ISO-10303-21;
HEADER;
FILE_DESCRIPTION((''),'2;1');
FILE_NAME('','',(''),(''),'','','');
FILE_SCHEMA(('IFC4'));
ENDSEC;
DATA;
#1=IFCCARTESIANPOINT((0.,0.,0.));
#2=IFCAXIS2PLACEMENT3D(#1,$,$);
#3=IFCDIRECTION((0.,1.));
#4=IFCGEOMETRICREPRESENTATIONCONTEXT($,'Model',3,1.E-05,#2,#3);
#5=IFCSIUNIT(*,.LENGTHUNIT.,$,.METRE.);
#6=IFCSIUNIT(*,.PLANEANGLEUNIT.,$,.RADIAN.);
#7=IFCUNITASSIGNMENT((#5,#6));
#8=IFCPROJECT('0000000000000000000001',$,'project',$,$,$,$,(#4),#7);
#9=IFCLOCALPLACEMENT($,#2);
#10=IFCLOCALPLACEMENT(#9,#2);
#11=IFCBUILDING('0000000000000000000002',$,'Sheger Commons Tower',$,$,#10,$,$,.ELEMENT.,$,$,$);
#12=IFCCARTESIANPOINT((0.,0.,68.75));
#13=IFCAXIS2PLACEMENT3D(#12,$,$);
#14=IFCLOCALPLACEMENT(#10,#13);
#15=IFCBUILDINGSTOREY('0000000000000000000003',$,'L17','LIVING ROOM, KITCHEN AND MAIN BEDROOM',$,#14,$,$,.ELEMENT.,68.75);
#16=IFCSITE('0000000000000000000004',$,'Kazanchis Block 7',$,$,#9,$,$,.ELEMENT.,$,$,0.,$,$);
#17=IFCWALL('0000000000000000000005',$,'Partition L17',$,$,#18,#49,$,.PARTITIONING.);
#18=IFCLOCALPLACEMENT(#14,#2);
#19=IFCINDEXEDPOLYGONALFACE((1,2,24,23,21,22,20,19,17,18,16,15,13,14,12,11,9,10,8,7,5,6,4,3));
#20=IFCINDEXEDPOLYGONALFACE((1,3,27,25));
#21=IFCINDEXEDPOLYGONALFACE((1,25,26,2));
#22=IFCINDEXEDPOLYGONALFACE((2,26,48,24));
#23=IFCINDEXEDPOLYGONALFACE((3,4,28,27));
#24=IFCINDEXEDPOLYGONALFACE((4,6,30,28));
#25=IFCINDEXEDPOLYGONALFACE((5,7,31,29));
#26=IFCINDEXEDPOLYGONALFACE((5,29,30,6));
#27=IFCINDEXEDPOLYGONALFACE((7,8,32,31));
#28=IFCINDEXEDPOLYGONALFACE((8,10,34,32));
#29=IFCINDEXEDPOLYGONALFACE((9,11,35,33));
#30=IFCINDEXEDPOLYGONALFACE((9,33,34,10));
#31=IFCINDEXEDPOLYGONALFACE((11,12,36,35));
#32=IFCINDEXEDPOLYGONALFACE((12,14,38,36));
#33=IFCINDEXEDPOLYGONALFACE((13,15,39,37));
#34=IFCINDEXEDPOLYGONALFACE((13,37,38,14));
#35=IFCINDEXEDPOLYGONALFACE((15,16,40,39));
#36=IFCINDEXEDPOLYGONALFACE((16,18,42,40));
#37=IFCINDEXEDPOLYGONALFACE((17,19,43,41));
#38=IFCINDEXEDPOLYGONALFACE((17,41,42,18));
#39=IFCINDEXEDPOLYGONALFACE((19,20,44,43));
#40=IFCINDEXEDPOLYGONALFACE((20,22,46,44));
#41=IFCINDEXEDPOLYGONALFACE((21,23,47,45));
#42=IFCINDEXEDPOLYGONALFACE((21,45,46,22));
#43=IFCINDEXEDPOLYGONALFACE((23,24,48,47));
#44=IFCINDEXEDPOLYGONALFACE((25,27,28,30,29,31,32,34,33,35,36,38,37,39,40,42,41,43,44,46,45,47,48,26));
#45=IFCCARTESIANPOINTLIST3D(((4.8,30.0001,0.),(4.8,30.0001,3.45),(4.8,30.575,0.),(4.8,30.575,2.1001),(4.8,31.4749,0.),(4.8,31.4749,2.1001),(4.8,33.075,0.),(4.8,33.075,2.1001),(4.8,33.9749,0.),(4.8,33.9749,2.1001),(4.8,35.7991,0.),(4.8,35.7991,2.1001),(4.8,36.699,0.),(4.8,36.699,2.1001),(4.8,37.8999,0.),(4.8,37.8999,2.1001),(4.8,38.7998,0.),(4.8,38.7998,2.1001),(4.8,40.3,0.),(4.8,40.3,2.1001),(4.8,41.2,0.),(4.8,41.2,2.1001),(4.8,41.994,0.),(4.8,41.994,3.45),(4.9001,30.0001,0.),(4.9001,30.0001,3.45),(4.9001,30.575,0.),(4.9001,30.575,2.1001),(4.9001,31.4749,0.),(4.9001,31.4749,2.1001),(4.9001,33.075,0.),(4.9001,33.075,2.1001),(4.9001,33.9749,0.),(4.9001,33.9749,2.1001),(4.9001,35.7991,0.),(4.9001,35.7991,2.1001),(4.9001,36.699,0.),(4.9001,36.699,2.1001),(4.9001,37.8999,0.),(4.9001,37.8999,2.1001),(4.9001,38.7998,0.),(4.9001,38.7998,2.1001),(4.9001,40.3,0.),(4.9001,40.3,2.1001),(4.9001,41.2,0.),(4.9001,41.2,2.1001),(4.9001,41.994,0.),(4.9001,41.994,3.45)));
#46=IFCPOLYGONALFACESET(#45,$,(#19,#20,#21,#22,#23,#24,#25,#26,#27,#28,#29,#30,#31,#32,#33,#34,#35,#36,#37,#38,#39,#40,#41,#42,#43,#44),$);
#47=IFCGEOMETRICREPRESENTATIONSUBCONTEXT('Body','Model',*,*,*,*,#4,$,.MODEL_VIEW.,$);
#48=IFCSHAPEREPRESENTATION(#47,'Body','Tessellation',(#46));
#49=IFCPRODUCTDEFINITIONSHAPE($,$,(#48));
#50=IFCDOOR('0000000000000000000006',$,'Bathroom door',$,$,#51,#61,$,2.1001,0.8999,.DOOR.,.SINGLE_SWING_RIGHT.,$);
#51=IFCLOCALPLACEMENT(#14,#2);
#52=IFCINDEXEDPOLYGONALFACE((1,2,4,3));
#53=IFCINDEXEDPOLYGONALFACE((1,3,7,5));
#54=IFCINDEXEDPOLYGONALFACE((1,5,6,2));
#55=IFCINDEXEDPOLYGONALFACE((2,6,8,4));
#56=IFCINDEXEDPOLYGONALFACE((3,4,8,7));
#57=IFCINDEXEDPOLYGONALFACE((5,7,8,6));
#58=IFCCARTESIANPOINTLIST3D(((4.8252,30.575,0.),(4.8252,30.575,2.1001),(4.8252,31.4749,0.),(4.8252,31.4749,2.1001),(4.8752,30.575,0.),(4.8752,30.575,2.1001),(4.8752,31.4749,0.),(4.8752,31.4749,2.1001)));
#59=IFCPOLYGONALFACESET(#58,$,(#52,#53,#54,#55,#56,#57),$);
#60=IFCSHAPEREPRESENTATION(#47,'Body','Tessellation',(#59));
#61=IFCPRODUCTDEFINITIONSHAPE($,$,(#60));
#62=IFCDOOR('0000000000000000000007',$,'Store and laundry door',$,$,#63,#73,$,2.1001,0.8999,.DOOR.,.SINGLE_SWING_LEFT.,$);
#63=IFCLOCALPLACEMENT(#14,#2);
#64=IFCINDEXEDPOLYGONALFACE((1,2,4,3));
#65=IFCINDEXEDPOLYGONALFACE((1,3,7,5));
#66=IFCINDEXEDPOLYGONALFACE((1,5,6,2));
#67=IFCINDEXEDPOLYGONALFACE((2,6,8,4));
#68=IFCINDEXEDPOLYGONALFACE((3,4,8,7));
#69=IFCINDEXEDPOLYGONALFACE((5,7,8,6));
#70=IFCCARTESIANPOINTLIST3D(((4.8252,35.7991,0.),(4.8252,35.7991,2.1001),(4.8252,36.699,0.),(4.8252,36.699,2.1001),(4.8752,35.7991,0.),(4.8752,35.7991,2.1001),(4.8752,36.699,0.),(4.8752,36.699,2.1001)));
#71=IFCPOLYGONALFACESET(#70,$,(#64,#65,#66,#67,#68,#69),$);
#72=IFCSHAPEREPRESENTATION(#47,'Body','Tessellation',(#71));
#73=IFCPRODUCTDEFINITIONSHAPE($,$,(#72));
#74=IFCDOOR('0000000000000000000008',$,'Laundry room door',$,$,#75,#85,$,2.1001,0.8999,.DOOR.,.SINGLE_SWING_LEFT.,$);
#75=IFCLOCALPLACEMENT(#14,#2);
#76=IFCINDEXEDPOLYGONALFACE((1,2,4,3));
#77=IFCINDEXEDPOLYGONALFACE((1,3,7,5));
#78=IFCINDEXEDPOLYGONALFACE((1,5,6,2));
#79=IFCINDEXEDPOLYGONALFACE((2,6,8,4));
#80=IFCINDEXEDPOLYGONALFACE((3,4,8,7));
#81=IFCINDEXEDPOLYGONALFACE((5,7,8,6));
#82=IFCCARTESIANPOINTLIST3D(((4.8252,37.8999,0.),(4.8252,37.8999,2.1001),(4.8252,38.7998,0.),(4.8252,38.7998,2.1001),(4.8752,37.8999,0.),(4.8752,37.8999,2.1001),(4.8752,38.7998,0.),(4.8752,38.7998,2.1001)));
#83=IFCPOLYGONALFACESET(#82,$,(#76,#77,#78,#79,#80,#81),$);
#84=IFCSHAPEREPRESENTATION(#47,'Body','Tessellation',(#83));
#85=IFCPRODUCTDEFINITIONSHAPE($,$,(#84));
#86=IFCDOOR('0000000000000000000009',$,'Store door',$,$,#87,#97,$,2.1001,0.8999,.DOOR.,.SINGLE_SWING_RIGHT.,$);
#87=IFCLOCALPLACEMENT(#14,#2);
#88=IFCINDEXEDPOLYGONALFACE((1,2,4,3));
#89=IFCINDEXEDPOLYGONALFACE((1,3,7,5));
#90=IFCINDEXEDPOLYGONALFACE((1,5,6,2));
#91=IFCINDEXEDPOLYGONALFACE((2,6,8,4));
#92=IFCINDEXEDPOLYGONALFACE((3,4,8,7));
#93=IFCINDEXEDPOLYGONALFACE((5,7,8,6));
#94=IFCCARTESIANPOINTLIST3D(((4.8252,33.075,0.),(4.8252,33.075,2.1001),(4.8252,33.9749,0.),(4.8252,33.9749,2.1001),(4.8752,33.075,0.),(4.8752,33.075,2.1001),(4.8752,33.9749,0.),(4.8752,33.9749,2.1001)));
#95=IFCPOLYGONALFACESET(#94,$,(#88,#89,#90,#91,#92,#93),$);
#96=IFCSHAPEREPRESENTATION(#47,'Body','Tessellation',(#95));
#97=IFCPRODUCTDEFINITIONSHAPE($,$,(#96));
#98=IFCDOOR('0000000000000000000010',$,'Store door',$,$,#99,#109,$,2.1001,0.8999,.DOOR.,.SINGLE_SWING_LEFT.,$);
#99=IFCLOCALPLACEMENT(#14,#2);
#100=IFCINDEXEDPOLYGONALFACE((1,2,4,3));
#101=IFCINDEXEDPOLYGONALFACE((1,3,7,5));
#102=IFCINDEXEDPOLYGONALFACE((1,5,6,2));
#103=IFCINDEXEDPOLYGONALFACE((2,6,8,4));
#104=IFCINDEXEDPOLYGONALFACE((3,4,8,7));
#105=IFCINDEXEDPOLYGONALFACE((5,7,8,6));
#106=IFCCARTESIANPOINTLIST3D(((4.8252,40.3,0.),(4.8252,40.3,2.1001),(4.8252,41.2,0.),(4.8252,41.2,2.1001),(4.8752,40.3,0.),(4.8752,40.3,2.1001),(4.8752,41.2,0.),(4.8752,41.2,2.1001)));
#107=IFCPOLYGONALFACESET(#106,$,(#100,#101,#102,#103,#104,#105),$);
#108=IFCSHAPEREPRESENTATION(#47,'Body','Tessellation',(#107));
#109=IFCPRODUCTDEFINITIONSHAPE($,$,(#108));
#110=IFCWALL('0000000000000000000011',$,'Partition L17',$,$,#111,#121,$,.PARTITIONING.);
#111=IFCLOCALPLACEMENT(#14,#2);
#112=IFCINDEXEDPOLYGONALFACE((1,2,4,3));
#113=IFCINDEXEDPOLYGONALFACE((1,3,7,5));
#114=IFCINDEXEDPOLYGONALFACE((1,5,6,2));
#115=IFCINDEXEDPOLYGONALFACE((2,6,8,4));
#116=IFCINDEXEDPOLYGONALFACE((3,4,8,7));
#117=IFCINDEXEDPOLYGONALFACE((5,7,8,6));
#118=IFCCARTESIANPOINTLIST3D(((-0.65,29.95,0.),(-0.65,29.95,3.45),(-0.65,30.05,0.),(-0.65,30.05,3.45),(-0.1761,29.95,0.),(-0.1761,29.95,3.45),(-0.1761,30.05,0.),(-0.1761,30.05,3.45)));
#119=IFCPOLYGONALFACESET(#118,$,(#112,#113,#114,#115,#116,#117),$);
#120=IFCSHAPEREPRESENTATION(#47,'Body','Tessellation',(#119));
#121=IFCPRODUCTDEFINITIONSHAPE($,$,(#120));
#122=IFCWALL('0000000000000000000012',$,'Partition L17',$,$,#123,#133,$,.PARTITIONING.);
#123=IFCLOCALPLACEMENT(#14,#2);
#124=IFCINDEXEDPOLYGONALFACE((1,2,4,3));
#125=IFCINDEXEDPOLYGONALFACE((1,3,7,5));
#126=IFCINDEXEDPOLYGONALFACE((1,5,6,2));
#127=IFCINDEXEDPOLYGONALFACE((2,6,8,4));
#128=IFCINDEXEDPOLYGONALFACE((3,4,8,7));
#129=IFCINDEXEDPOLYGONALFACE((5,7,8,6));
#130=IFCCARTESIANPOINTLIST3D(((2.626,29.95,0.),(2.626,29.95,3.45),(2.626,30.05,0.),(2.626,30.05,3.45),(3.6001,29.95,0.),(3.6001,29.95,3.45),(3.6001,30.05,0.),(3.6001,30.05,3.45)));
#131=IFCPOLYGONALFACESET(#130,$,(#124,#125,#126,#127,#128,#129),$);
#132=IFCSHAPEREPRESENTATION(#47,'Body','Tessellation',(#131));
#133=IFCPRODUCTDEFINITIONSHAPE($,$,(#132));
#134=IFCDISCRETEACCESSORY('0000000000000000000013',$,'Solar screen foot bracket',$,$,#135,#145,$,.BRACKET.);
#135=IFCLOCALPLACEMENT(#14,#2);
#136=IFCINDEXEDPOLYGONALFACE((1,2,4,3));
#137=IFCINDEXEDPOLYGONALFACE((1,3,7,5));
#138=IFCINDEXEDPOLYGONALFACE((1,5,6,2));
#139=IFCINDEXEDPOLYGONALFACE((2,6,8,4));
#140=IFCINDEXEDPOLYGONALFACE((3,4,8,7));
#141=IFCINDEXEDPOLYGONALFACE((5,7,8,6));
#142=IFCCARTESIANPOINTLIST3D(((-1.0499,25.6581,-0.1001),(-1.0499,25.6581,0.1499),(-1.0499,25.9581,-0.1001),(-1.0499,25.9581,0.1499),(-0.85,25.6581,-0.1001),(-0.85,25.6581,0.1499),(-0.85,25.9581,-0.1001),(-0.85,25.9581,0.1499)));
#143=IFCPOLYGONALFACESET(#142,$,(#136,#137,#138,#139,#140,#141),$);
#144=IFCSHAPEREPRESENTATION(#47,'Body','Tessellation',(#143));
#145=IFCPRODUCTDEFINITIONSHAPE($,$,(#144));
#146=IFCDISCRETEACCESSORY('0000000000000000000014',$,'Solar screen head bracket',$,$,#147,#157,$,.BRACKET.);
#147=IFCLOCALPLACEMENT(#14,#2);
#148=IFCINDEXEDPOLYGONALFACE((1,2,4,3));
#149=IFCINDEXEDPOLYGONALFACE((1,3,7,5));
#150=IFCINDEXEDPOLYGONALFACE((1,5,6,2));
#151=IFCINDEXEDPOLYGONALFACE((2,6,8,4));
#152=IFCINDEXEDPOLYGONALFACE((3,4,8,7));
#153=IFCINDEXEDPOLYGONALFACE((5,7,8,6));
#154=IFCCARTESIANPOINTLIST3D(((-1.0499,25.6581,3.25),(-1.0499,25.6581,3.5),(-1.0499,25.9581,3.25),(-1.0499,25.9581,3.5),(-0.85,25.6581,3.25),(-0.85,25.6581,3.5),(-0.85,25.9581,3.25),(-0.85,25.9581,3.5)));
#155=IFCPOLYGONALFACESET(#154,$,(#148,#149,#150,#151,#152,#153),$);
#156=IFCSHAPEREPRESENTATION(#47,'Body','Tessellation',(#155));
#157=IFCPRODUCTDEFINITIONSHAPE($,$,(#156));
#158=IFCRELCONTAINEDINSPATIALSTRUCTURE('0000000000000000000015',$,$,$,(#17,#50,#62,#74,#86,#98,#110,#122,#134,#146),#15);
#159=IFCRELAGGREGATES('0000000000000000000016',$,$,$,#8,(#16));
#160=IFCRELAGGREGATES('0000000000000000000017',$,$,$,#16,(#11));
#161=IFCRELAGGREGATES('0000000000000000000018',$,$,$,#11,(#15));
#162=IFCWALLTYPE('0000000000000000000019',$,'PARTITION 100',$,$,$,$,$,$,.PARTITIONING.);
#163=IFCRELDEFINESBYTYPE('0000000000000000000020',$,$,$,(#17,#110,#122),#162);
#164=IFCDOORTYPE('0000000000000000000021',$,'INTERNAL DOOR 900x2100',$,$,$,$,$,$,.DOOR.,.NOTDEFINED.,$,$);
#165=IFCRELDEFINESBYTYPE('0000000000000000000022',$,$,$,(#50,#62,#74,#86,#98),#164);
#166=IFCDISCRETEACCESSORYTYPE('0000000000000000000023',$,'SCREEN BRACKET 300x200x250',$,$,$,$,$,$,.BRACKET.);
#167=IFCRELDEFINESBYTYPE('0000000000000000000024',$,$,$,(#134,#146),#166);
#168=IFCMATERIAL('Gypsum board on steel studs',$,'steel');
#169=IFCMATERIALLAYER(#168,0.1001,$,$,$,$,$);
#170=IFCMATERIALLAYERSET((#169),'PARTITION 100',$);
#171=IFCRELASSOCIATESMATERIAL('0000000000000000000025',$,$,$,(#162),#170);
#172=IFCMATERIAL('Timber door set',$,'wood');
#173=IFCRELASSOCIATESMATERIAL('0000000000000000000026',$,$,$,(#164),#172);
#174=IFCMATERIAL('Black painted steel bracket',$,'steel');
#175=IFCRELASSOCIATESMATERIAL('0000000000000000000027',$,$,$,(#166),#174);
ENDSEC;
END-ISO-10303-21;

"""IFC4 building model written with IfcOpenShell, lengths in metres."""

from ifc_helpers import new_model, si_unit, direction, frame, frame_2d, origin, origin_2d, place, context, subcontext, project, spatial, rectangle, extrude, material, layer, layer_set, type_object, element, fill, save


model = new_model("IFC4")

# Units and contexts
model_context = context("Model", 3, precision=1e-05, world=origin(), true_north=direction((0.0, 1.0)))
body_context = subcontext(model_context, "Body", "Model", "MODEL_VIEW")
ifc_project = project(units=[si_unit("LENGTHUNIT", "METRE"), si_unit("PLANEANGLEUNIT", "RADIAN")], contexts=[model_context])

# Site, building, storey
site_placement = place(None, origin())
site = spatial("IfcSite", under=ifc_project, at=site_placement, Name="Kazanchis Block 7", CompositionType="ELEMENT", RefElevation=0.0)
building_placement = place(site_placement, origin())
building = spatial("IfcBuilding", under=site, at=building_placement, Name="Sheger Commons Tower", CompositionType="ELEMENT")
storey_placement = place(building_placement, frame((0.0, 0.0, 68.75)))
storey = spatial("IfcBuildingStorey", under=building, at=storey_placement, Name="L17", Description="LIVING ROOM, KITCHEN AND MAIN BEDROOM", CompositionType="ELEMENT", Elevation=68.75)

# Shared definitions
ifc_material_1 = material(Name="Gypsum board on steel studs", Category="steel")
ifc_layer_1 = layer(ifc_material_1, 0.1001)
ifc_layer_set_1 = layer_set([ifc_layer_1], Name="PARTITION 100")
wall_type_1 = type_object("IfcWallType", Name="PARTITION 100", PredefinedType="PARTITIONING", material=ifc_layer_set_1)
ifc_material_2 = material(Name="Timber door set", Category="wood")
door_type = type_object("IfcDoorType", Name="INTERNAL DOOR 900x2100", OperationType="NOTDEFINED", PredefinedType="DOOR", material=ifc_material_2)

# Wall, openings, doors
wall_1_placement = place(storey_placement, frame((4.8501, 30.0, 0.0), z_axis=(0.0, 0.0, 1.0), x_axis=(0.0, 1.0, 0.0)))
wall_1 = element("IfcWall", 1, at=wall_1_placement, inside=storey, type_object=wall_type_1, Name="Partition L17", PredefinedType="PARTITIONING", context=body_context, shape_type="SweptSolid", body=[
    extrude(rectangle(XDim=11.9939, YDim=0.1001, at=frame_2d((5.9971, 0.0))), origin(), (0.0, 0.0, 1.0), 3.45),
])
opening_1_placement = place(wall_1_placement, frame((0.575, 0.0, 0.0)))
opening_1 = element("IfcOpeningElement", 2, at=opening_1_placement, cuts=wall_1, PredefinedType="OPENING", context=body_context, shape_type="SweptSolid", body=[
    extrude(rectangle(XDim=0.8999, YDim=2.1001, at=frame_2d((0.45, 1.05))), frame((0.0, 0.0601, 0.0), z_axis=(0.0, -1.0, 0.0), x_axis=(1.0, 0.0, 0.0)), (0.0, 0.0, 1.0), 0.1201),
])
opening_2_placement = place(wall_1_placement, frame((5.7991, 0.0, 0.0)))
opening_2 = element("IfcOpeningElement", 3, at=opening_2_placement, cuts=wall_1, PredefinedType="OPENING", context=body_context, shape_type="SweptSolid", body=[
    extrude(rectangle(XDim=0.8999, YDim=2.1001, at=frame_2d((0.45, 1.05))), frame((0.0, 0.0601, 0.0), z_axis=(0.0, -1.0, 0.0), x_axis=(1.0, 0.0, 0.0)), (0.0, 0.0, 1.0), 0.1201),
])
opening_3_placement = place(wall_1_placement, frame((7.8999, 0.0, 0.0)))
opening_3 = element("IfcOpeningElement", 4, at=opening_3_placement, cuts=wall_1, PredefinedType="OPENING", context=body_context, shape_type="SweptSolid", body=[
    extrude(rectangle(XDim=0.8999, YDim=2.1001, at=frame_2d((0.45, 1.05))), frame((0.0, 0.0601, 0.0), z_axis=(0.0, -1.0, 0.0), x_axis=(1.0, 0.0, 0.0)), (0.0, 0.0, 1.0), 0.1201),
])
opening_4_placement = place(wall_1_placement, frame((3.075, 0.0, 0.0)))
opening_4 = element("IfcOpeningElement", 5, at=opening_4_placement, cuts=wall_1, PredefinedType="OPENING", context=body_context, shape_type="SweptSolid", body=[
    extrude(rectangle(XDim=0.8999, YDim=2.1001, at=frame_2d((0.45, 1.05))), frame((0.0, 0.0601, 0.0), z_axis=(0.0, -1.0, 0.0), x_axis=(1.0, 0.0, 0.0)), (0.0, 0.0, 1.0), 0.1201),
])
opening_5_placement = place(wall_1_placement, frame((10.3, 0.0, 0.0)))
opening_5 = element("IfcOpeningElement", 6, at=opening_5_placement, cuts=wall_1, PredefinedType="OPENING", context=body_context, shape_type="SweptSolid", body=[
    extrude(rectangle(XDim=0.8999, YDim=2.1001, at=frame_2d((0.45, 1.05))), frame((0.0, 0.0601, 0.0), z_axis=(0.0, -1.0, 0.0), x_axis=(1.0, 0.0, 0.0)), (0.0, 0.0, 1.0), 0.1201),
])
door_1_placement = place(opening_1_placement, origin())
door_1 = element("IfcDoor", 7, at=door_1_placement, inside=storey, type_object=door_type, Name="Bathroom door", OperationType="SINGLE_SWING_RIGHT", OverallHeight=2.1001, OverallWidth=0.8999, PredefinedType="DOOR", context=body_context, shape_type="SweptSolid", body=[
    extrude(rectangle(XDim=0.8999, YDim=2.1001, at=frame_2d((0.45, 1.05))), frame((0.0, 0.0249, 0.0), z_axis=(0.0, -1.0, 0.0), x_axis=(1.0, 0.0, 0.0)), (0.0, 0.0, 1.0), 0.05),
])
fill(opening_1, door_1)
door_2_placement = place(opening_2_placement, origin())
door_2 = element("IfcDoor", 8, at=door_2_placement, inside=storey, type_object=door_type, Name="Store and laundry door", OperationType="SINGLE_SWING_LEFT", OverallHeight=2.1001, OverallWidth=0.8999, PredefinedType="DOOR", context=body_context, shape_type="SweptSolid", body=[
    extrude(rectangle(XDim=0.8999, YDim=2.1001, at=frame_2d((0.45, 1.05))), frame((0.0, 0.0249, 0.0), z_axis=(0.0, -1.0, 0.0), x_axis=(1.0, 0.0, 0.0)), (0.0, 0.0, 1.0), 0.05),
])
fill(opening_2, door_2)
door_3_placement = place(opening_3_placement, origin())
door_3 = element("IfcDoor", 9, at=door_3_placement, inside=storey, type_object=door_type, Name="Laundry room door", OperationType="SINGLE_SWING_LEFT", OverallHeight=2.1001, OverallWidth=0.8999, PredefinedType="DOOR", context=body_context, shape_type="SweptSolid", body=[
    extrude(rectangle(XDim=0.8999, YDim=2.1001, at=frame_2d((0.45, 1.05))), frame((0.0, 0.0249, 0.0), z_axis=(0.0, -1.0, 0.0), x_axis=(1.0, 0.0, 0.0)), (0.0, 0.0, 1.0), 0.05),
])
fill(opening_3, door_3)
door_4_placement = place(opening_4_placement, origin())
door_4 = element("IfcDoor", 10, at=door_4_placement, inside=storey, type_object=door_type, Name="Store door", OperationType="SINGLE_SWING_RIGHT", OverallHeight=2.1001, OverallWidth=0.8999, PredefinedType="DOOR", context=body_context, shape_type="SweptSolid", body=[
    extrude(rectangle(XDim=0.8999, YDim=2.1001, at=frame_2d((0.45, 1.05))), frame((0.0, 0.0249, 0.0), z_axis=(0.0, -1.0, 0.0), x_axis=(1.0, 0.0, 0.0)), (0.0, 0.0, 1.0), 0.05),
])
fill(opening_4, door_4)
door_5_placement = place(opening_5_placement, origin())
door_5 = element("IfcDoor", 11, at=door_5_placement, inside=storey, type_object=door_type, Name="Store door", OperationType="SINGLE_SWING_LEFT", OverallHeight=2.1001, OverallWidth=0.8999, PredefinedType="DOOR", context=body_context, shape_type="SweptSolid", body=[
    extrude(rectangle(XDim=0.8999, YDim=2.1001, at=frame_2d((0.45, 1.05))), frame((0.0, 0.0249, 0.0), z_axis=(0.0, -1.0, 0.0), x_axis=(1.0, 0.0, 0.0)), (0.0, 0.0, 1.0), 0.05),
])
fill(opening_5, door_5)

# Walls
wall_2_placement = place(storey_placement, frame((-0.6499, 30.0, 0.0), z_axis=(0.0, 0.0, 1.0), x_axis=(1.0, 0.0, 0.0)))
element("IfcWall", 12, at=wall_2_placement, inside=storey, type_object=wall_type_1, Name="Partition L17", PredefinedType="PARTITIONING", context=body_context, shape_type="SweptSolid", body=[
    extrude(rectangle(XDim=0.4739, YDim=0.1001, at=frame_2d((0.2368, 0.0))), origin(), (0.0, 0.0, 1.0), 3.45),
])
wall_3_placement = place(storey_placement, frame((2.626, 30.0, 0.0), z_axis=(0.0, 0.0, 1.0), x_axis=(1.0, 0.0, 0.0)))
element("IfcWall", 13, at=wall_3_placement, inside=storey, type_object=wall_type_1, Name="Partition L17", PredefinedType="PARTITIONING", context=body_context, shape_type="SweptSolid", body=[
    extrude(rectangle(XDim=0.9741, YDim=0.1001, at=frame_2d((0.4871, 0.0))), origin(), (0.0, 0.0, 1.0), 3.45),
])

# Discrete accessories
ifc_material_3 = material(Name="Black painted steel bracket", Category="steel")
discrete_accessory_type = type_object("IfcDiscreteAccessoryType", Name="SCREEN BRACKET 300x200x250", PredefinedType="BRACKET", material=ifc_material_3)
for number, where, z_axis, x_axis, name in (
    (14, (-0.95, 25.8081, -0.1001), (0.0, 0.0, 1.0), (0.0, -1.0, 0.0), "Solar screen foot bracket"),
    (15, (-0.95, 25.8081, 3.25), (0.0, 0.0, 1.0), (0.0, -1.0, 0.0), "Solar screen head bracket"),
):
    element("IfcDiscreteAccessory", number, at=place(storey_placement, frame(where, z_axis=z_axis, x_axis=x_axis)), inside=storey, type_object=discrete_accessory_type, Name=name, PredefinedType="BRACKET", context=body_context, shape_type="SweptSolid", body=[
        extrude(rectangle(XDim=0.3, YDim=0.2, at=origin_2d()), origin(), (0.0, 0.0, 1.0), 0.25),
    ])

save(model, "model.ifc")
